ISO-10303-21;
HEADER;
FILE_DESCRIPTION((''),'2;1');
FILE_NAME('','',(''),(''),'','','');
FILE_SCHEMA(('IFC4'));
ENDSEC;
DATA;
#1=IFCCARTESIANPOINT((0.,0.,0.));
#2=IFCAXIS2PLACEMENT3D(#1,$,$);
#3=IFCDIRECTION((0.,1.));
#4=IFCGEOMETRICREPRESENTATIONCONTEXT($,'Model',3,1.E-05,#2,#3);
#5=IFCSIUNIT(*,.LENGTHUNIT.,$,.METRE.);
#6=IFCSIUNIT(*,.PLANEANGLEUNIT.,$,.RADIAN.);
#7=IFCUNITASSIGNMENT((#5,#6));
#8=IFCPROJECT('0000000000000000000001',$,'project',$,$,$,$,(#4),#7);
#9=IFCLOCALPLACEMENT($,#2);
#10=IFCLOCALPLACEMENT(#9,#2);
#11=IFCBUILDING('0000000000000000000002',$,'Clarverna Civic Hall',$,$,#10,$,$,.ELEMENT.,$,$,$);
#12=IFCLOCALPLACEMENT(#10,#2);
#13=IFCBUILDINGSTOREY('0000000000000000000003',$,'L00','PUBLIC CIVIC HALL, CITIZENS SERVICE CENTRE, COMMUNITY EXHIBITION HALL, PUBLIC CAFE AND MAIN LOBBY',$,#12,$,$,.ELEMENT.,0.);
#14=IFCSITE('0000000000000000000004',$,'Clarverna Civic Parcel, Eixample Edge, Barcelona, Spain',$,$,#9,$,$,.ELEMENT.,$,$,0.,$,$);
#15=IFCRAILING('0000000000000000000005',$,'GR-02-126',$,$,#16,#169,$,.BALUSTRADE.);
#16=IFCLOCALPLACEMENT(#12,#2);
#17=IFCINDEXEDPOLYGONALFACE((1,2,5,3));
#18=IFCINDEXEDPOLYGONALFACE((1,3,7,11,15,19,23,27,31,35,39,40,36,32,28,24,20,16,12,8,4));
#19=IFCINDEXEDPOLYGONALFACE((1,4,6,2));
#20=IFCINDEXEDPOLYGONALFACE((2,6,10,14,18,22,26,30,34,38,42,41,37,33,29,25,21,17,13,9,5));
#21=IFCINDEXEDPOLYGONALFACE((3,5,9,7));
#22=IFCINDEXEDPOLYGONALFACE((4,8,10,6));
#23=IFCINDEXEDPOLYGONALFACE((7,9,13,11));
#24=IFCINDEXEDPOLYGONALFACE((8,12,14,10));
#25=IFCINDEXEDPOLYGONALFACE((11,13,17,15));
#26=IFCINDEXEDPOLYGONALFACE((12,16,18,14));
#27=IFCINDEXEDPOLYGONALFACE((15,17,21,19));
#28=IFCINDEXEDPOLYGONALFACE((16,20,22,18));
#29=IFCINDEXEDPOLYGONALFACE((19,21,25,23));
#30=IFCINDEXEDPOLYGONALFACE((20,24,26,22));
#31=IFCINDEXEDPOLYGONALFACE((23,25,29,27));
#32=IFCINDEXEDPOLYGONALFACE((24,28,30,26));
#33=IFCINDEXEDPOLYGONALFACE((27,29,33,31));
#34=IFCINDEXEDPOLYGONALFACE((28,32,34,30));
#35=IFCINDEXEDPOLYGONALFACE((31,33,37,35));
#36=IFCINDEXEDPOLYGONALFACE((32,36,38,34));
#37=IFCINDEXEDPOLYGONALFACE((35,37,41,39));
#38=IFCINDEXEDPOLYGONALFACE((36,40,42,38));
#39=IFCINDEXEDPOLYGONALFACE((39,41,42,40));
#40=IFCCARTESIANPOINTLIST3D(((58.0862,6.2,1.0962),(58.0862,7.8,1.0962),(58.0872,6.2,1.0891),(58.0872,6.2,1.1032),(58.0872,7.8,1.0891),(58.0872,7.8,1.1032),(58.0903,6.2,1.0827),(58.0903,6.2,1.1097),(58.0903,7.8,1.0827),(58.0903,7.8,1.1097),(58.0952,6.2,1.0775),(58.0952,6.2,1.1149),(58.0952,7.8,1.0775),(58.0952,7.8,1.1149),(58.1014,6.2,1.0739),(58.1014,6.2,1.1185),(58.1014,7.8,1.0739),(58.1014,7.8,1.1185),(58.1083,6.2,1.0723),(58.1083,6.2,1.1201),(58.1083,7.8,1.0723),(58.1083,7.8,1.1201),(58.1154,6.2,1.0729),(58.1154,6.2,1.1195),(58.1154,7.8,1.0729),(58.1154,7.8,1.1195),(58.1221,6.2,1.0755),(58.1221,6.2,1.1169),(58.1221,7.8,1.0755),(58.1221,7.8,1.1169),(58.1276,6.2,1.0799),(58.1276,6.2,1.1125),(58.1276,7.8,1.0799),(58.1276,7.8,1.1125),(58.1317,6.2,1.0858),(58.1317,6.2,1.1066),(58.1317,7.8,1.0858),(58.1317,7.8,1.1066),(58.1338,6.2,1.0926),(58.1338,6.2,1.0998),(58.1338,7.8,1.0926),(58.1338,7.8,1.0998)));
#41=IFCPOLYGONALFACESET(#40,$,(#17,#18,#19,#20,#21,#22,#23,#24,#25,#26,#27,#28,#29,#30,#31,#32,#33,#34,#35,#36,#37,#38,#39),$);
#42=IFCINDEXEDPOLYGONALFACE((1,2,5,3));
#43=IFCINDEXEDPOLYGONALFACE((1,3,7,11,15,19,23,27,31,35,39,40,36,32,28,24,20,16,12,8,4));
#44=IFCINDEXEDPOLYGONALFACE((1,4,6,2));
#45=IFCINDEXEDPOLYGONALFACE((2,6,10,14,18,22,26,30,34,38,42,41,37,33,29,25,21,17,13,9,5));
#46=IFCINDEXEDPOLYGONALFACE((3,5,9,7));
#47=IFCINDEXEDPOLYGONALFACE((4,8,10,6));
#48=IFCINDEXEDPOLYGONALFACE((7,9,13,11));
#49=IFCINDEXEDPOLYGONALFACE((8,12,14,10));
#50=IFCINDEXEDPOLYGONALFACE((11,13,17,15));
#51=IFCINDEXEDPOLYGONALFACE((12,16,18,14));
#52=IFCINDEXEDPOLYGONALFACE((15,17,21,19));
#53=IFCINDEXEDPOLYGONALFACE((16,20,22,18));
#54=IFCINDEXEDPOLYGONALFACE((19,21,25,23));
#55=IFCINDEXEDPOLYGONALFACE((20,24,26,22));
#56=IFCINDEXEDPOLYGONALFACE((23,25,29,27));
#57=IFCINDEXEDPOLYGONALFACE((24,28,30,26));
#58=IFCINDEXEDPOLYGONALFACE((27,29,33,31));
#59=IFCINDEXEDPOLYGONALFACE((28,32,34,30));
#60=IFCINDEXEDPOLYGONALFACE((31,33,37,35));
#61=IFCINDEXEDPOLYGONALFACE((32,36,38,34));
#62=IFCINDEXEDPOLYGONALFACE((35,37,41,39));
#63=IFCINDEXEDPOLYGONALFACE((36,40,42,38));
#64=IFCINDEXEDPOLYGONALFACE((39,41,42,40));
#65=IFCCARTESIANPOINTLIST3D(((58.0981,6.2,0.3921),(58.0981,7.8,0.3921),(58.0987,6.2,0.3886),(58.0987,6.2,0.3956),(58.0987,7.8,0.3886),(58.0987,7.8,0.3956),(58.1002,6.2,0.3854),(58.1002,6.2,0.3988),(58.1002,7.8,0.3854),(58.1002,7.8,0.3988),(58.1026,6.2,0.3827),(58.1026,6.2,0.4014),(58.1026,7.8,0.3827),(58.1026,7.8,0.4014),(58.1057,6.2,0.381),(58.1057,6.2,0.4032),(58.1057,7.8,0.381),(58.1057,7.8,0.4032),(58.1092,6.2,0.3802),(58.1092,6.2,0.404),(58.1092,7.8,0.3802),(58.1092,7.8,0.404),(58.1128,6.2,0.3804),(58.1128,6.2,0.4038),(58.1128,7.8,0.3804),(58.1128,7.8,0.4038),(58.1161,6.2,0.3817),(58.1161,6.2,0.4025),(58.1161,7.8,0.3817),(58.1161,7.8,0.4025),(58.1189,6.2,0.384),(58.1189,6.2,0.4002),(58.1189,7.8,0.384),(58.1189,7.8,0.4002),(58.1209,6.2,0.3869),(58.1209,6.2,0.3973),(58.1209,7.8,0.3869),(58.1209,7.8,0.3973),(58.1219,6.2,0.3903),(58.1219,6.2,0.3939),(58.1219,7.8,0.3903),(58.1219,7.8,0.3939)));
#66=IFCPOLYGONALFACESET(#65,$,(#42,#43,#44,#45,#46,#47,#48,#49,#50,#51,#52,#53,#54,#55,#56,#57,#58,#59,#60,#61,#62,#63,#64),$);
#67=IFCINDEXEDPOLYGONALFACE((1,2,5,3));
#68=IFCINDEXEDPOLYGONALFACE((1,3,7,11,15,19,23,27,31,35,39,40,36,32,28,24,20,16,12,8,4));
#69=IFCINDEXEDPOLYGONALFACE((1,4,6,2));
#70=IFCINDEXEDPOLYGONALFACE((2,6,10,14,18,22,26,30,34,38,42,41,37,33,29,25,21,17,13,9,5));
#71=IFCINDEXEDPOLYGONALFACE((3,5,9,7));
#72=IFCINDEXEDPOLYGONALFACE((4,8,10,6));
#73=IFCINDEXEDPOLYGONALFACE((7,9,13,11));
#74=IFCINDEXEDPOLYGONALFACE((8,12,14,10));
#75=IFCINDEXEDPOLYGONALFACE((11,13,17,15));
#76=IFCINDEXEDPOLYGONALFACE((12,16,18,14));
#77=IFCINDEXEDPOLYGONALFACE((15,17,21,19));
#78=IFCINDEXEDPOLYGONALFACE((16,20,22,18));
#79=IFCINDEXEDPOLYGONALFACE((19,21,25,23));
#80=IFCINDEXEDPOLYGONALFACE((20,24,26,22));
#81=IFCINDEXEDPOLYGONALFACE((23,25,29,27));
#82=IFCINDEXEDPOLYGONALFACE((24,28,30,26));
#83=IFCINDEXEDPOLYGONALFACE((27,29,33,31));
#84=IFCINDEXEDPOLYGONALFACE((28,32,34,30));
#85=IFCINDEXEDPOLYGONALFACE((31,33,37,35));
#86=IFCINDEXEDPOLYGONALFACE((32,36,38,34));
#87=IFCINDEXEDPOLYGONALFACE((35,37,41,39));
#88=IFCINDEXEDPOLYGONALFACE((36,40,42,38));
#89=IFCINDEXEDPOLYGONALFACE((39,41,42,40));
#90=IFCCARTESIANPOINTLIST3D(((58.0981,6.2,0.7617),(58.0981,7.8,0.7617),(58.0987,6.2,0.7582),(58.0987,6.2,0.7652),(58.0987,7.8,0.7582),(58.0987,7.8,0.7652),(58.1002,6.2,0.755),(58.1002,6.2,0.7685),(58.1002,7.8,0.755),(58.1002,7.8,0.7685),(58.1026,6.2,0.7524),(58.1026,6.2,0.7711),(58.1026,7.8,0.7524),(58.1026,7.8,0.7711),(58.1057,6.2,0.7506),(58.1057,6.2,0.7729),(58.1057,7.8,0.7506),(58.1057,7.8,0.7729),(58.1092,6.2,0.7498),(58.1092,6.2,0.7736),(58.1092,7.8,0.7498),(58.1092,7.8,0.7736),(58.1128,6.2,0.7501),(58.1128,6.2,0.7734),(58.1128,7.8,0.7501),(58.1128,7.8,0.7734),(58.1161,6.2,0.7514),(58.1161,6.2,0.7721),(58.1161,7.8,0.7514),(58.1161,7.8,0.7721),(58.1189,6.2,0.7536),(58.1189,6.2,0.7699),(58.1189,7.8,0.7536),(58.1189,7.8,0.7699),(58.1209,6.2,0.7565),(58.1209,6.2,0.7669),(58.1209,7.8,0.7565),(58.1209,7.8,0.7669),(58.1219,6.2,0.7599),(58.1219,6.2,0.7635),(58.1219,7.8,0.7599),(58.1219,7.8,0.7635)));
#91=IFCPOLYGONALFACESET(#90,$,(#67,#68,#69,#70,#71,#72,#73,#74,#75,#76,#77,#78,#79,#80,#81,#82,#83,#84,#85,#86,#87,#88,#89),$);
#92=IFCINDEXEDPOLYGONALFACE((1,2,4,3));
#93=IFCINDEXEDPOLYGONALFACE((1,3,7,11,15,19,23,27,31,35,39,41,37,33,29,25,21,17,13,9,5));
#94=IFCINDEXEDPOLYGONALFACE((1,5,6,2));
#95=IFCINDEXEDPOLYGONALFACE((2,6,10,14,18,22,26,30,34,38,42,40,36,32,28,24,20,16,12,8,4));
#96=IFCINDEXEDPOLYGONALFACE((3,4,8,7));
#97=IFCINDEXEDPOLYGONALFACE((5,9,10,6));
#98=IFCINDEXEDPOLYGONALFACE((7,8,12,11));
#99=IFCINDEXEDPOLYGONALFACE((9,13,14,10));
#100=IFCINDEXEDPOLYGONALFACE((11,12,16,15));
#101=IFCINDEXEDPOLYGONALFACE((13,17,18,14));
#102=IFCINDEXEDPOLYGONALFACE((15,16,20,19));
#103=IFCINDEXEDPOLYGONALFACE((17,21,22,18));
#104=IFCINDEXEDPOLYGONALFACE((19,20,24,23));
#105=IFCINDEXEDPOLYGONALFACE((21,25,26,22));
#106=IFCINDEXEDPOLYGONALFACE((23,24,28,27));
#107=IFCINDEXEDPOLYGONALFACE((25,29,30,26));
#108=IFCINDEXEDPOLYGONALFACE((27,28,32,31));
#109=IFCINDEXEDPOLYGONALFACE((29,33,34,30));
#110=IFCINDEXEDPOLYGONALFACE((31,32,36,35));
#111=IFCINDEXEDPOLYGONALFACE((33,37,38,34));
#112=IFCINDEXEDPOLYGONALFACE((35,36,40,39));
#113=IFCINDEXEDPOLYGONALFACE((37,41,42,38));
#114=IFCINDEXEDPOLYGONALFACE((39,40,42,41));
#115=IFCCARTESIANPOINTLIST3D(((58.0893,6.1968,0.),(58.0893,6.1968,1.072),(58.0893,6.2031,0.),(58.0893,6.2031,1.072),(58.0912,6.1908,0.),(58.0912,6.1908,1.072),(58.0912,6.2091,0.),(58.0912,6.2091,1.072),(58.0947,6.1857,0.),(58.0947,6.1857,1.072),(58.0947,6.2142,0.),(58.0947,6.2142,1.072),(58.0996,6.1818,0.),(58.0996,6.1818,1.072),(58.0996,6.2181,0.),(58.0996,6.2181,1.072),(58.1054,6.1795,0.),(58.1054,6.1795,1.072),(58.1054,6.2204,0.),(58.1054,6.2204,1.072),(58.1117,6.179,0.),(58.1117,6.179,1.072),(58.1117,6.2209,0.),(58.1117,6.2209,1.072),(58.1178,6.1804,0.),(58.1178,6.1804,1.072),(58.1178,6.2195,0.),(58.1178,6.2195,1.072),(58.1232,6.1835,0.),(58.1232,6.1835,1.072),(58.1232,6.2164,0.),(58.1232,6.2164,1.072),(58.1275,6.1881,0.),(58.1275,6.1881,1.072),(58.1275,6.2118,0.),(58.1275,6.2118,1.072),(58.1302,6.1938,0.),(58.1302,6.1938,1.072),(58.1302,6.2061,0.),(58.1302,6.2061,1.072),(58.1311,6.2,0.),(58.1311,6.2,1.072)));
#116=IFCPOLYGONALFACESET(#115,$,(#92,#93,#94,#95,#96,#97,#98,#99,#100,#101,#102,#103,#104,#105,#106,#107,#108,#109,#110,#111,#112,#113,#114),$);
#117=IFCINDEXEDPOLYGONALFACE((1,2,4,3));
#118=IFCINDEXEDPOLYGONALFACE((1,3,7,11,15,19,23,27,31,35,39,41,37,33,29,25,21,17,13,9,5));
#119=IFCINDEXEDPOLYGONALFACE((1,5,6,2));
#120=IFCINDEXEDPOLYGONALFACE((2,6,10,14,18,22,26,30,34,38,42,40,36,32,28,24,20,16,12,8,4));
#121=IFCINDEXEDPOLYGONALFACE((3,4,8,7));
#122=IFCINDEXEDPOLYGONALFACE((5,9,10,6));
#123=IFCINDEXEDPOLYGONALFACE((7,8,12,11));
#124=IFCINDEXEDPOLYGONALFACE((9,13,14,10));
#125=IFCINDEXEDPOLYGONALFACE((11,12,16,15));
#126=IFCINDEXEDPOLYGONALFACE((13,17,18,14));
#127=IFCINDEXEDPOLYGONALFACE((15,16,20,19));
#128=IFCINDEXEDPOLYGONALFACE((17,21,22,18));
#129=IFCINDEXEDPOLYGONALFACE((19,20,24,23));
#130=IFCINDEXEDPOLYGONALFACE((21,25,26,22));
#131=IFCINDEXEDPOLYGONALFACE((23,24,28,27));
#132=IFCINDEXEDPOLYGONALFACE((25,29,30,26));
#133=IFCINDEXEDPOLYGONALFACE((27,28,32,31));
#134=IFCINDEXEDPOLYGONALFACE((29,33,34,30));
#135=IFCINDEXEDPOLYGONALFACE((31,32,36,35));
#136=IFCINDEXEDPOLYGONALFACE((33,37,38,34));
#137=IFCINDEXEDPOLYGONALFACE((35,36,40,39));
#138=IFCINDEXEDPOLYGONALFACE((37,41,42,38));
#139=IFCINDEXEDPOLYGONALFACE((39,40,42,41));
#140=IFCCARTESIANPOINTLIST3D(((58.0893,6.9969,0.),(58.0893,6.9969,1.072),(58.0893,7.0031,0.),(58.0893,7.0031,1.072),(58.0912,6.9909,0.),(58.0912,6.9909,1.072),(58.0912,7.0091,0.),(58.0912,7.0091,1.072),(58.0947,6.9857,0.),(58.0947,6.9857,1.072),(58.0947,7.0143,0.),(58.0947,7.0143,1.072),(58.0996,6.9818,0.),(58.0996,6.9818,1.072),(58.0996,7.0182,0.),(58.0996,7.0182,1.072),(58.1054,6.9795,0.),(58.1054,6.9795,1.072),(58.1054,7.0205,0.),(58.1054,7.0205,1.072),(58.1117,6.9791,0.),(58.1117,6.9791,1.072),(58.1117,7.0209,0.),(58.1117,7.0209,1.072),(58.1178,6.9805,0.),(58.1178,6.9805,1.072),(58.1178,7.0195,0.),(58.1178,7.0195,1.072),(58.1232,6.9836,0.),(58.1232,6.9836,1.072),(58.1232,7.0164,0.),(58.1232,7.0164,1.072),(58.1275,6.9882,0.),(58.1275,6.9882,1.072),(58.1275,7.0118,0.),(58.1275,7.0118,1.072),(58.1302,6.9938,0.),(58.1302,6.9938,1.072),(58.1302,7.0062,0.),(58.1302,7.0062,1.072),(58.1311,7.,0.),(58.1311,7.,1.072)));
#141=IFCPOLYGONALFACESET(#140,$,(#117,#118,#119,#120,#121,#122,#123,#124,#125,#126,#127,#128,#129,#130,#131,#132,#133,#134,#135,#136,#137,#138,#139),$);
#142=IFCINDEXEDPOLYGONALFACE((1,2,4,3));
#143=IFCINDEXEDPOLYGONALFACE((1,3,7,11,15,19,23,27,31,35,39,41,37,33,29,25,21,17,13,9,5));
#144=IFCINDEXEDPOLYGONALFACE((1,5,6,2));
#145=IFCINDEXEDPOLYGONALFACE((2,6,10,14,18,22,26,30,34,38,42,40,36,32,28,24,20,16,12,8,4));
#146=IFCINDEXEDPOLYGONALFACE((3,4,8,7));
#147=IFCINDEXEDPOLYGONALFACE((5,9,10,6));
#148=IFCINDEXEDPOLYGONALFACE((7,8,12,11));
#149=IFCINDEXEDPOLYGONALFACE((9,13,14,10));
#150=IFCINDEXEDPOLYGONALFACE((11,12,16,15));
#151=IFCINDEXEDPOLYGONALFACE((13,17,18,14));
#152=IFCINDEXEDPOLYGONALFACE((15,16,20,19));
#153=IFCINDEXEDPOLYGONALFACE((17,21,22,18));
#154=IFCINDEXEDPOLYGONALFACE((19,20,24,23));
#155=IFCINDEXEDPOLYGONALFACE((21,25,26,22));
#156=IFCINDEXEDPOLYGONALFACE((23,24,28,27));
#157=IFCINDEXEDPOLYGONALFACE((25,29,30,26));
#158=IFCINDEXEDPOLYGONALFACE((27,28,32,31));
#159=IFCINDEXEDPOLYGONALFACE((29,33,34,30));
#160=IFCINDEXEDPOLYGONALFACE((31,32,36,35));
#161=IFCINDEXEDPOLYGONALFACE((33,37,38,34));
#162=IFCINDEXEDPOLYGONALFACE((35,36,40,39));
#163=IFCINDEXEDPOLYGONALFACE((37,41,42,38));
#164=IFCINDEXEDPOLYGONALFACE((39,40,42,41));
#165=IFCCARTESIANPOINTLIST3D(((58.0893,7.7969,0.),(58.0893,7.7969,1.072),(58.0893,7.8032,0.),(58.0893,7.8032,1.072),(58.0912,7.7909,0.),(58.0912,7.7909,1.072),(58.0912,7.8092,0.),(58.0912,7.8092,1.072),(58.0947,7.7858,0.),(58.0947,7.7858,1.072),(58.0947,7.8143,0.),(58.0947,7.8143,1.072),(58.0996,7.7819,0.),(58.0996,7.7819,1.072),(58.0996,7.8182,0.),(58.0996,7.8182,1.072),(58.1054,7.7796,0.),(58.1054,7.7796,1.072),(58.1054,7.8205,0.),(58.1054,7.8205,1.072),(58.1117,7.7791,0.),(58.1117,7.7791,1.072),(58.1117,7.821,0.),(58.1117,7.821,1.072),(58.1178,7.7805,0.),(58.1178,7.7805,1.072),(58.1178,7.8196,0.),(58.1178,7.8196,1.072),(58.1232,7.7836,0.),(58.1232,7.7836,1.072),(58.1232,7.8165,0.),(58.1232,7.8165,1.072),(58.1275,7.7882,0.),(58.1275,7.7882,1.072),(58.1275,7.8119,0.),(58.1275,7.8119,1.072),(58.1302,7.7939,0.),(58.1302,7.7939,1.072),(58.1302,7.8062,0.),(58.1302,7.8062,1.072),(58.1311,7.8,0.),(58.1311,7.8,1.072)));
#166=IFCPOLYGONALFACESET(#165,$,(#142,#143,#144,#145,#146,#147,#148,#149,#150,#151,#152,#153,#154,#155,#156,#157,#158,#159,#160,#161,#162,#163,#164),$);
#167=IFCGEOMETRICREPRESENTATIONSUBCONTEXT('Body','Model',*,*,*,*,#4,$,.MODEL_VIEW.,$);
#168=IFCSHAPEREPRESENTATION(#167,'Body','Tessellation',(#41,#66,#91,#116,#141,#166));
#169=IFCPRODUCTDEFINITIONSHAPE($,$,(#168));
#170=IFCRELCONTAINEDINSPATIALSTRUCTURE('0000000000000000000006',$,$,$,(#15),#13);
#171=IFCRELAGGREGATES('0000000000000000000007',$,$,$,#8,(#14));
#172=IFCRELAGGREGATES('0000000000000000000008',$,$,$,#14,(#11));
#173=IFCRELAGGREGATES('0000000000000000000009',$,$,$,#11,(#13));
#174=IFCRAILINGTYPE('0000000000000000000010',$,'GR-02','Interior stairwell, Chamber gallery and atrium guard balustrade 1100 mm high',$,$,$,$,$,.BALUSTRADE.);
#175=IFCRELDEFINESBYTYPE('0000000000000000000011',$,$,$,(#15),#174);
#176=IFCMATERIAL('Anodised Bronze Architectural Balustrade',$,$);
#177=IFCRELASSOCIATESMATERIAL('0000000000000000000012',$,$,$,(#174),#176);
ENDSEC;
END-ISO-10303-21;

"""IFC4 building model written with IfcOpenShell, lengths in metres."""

from ifc_helpers import new_model, si_unit, direction, frame, origin, origin_2d, place, context, subcontext, project, spatial, circle, extrude, material, type_object, element, save


model = new_model("IFC4")

# Units and contexts
model_context = context("Model", 3, precision=1e-05, world=origin(), true_north=direction((0.0, 1.0)))
body_context = subcontext(model_context, "Body", "Model", "MODEL_VIEW")
ifc_project = project(units=[si_unit("LENGTHUNIT", "METRE"), si_unit("PLANEANGLEUNIT", "RADIAN")], contexts=[model_context])

# Site, building, storey
site_placement = place(None, origin())
site = spatial("IfcSite", under=ifc_project, at=site_placement, Name="Clarverna Civic Parcel, Eixample Edge, Barcelona, Spain", CompositionType="ELEMENT", RefElevation=0.0)
building_placement = place(site_placement, origin())
building = spatial("IfcBuilding", under=site, at=building_placement, Name="Clarverna Civic Hall", CompositionType="ELEMENT")
storey_placement = place(building_placement, origin())
storey = spatial("IfcBuildingStorey", under=building, at=storey_placement, Name="L00", Description="PUBLIC CIVIC HALL, CITIZENS SERVICE CENTRE, COMMUNITY EXHIBITION HALL, PUBLIC CAFE AND MAIN LOBBY", CompositionType="ELEMENT", Elevation=0.0)

# Railing
ifc_material_1 = material(Name="Anodised Bronze Architectural Balustrade")
railing_type_1 = type_object("IfcRailingType", Name="GR-02", Description="Interior stairwell, Chamber gallery and atrium guard balustrade 1100 mm high", PredefinedType="BALUSTRADE", material=ifc_material_1)
railing_1_placement = place(storey_placement, frame((58.1101, 6.2, 0.0)))
element("IfcRailing", 1, at=railing_1_placement, inside=storey, type_object=railing_type_1, Name="GR-02-126", PredefinedType="BALUSTRADE", context=body_context, shape_type="SweptSolid", body=[
    extrude(circle(Radius=0.0239, at=origin_2d()), frame((0.0, 0.0, 1.0962), z_axis=(0.0, 1.0, 0.0), x_axis=(-1.0, 0.0, 0.0)), (0.0, 0.0, 1.0), 1.6001),
    extrude(circle(Radius=0.012, at=origin_2d()), frame((0.0, 0.0, 0.3921), z_axis=(0.0, 1.0, 0.0), x_axis=(-1.0, 0.0, 0.0)), (0.0, 0.0, 1.0), 1.6001),
    extrude(circle(Radius=0.012, at=origin_2d()), frame((0.0, 0.0, 0.7617), z_axis=(0.0, 1.0, 0.0), x_axis=(-1.0, 0.0, 0.0)), (0.0, 0.0, 1.0), 1.6001),
    extrude(circle(Radius=0.021, at=origin_2d()), origin(), (0.0, 0.0, 1.0), 1.072),
    extrude(circle(Radius=0.021, at=origin_2d()), frame((0.0, 0.8, 0.0)), (0.0, 0.0, 1.0), 1.072),
    extrude(circle(Radius=0.021, at=origin_2d()), frame((0.0, 1.6001, 0.0)), (0.0, 0.0, 1.0), 1.072),
])

save(model, "model.ifc")
